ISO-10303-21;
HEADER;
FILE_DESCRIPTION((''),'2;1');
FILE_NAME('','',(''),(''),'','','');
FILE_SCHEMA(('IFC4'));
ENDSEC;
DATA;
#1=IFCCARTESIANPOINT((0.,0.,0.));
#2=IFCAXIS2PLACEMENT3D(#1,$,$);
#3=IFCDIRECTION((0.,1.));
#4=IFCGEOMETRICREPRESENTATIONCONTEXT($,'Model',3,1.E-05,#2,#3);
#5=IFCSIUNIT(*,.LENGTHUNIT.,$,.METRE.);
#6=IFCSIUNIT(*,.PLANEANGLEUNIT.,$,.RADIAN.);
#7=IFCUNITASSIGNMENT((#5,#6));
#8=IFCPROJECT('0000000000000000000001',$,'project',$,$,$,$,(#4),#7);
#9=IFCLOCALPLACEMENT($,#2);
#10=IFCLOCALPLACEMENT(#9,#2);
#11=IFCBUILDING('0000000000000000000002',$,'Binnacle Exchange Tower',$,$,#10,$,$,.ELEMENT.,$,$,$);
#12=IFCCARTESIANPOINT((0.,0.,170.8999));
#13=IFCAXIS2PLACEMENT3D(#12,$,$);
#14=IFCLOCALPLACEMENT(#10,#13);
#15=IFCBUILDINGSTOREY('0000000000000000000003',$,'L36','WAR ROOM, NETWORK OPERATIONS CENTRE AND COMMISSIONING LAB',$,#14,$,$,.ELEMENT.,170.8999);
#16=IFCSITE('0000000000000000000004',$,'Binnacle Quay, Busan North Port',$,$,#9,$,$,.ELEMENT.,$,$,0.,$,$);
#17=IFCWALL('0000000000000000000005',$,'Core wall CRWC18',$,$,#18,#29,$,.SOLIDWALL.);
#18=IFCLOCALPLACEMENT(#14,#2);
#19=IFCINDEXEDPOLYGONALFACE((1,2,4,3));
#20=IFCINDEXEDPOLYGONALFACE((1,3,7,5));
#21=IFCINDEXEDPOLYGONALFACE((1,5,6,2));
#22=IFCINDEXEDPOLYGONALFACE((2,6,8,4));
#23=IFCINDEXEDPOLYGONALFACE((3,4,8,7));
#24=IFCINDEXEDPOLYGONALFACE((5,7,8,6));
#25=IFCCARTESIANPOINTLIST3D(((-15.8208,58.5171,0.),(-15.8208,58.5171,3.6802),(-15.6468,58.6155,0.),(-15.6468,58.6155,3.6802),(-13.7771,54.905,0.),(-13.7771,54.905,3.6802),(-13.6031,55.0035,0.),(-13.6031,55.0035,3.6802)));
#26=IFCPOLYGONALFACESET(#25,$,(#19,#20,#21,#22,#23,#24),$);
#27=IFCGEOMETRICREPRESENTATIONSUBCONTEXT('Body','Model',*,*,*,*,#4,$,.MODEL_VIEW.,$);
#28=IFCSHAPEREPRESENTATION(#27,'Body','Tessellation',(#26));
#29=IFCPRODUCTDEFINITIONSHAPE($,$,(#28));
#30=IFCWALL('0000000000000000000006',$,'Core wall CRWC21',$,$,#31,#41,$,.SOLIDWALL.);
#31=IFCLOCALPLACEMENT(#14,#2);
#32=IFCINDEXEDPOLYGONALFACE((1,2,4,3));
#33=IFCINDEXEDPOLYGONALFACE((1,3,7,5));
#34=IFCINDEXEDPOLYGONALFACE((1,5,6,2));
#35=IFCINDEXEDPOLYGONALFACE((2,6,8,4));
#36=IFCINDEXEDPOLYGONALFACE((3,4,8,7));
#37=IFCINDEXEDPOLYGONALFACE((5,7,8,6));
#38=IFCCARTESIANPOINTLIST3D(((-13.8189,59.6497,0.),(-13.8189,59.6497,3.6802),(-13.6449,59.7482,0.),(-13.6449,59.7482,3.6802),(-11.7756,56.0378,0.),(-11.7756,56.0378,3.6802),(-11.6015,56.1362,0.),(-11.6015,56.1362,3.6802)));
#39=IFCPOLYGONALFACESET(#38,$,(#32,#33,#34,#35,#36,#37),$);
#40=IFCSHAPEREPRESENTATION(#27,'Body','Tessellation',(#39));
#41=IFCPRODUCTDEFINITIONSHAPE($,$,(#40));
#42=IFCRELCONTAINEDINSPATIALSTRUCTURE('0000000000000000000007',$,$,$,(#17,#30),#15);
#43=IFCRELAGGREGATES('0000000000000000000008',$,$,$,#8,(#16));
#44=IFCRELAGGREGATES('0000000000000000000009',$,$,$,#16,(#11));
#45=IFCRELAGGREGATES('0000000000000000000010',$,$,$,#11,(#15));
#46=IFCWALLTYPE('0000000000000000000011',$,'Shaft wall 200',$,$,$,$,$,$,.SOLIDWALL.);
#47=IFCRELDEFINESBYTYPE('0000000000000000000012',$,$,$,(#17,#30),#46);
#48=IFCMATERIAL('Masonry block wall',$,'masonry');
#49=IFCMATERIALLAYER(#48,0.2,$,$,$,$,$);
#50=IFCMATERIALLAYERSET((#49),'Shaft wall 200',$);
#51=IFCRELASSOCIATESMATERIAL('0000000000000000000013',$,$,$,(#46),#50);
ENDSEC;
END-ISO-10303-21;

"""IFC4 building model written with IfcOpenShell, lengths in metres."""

from ifc_helpers import new_model, si_unit, direction, frame, frame_2d, origin, place, context, subcontext, project, spatial, rectangle, extrude, material, layer, layer_set, type_object, element, save


model = new_model("IFC4")

# Units and contexts
model_context = context("Model", 3, precision=1e-05, world=origin(), true_north=direction((0.0, 1.0)))
body_context = subcontext(model_context, "Body", "Model", "MODEL_VIEW")
ifc_project = project(units=[si_unit("LENGTHUNIT", "METRE"), si_unit("PLANEANGLEUNIT", "RADIAN")], contexts=[model_context])

# Site, building, storey
site_placement = place(None, origin())
site = spatial("IfcSite", under=ifc_project, at=site_placement, Name="Binnacle Quay, Busan North Port", CompositionType="ELEMENT", RefElevation=0.0)
building_placement = place(site_placement, origin())
building = spatial("IfcBuilding", under=site, at=building_placement, Name="Binnacle Exchange Tower", CompositionType="ELEMENT")
storey_placement = place(building_placement, frame((0.0, 0.0, 170.8999)))
storey = spatial("IfcBuildingStorey", under=building, at=storey_placement, Name="L36", Description="WAR ROOM, NETWORK OPERATIONS CENTRE AND COMMISSIONING LAB", CompositionType="ELEMENT", Elevation=170.8999)

# Walls
ifc_material_1 = material(Name="Masonry block wall", Category="masonry")
ifc_layer_1 = layer(ifc_material_1, 0.2)
ifc_layer_set_1 = layer_set([ifc_layer_1], Name="Shaft wall 200")
wall_type_1 = type_object("IfcWallType", Name="Shaft wall 200", PredefinedType="SOLIDWALL", material=ifc_layer_set_1)
wall_1_placement = place(storey_placement, frame((-15.7339, 58.5664, 0.0), z_axis=(0.0, 0.0, 1.0), x_axis=(0.492441, -0.870346, 0.0)))
element("IfcWall", 1, at=wall_1_placement, inside=storey, type_object=wall_type_1, Name="Core wall CRWC18", PredefinedType="SOLIDWALL", context=body_context, shape_type="SweptSolid", body=[
    extrude(rectangle(XDim=4.1501, YDim=0.2, at=frame_2d((2.0752, 0.0))), origin(), (0.0, 0.0, 1.0), 3.6802),
])
wall_2_placement = place(storey_placement, frame((-13.7319, 59.699, 0.0), z_axis=(0.0, 0.0, 1.0), x_axis=(0.492396, -0.870371, 0.0)))
element("IfcWall", 2, at=wall_2_placement, inside=storey, type_object=wall_type_1, Name="Core wall CRWC21", PredefinedType="SOLIDWALL", context=body_context, shape_type="SweptSolid", body=[
    extrude(rectangle(XDim=4.1499, YDim=0.2, at=frame_2d((2.075, 0.0))), origin(), (0.0, 0.0, 1.0), 3.6802),
])

save(model, "model.ifc")
